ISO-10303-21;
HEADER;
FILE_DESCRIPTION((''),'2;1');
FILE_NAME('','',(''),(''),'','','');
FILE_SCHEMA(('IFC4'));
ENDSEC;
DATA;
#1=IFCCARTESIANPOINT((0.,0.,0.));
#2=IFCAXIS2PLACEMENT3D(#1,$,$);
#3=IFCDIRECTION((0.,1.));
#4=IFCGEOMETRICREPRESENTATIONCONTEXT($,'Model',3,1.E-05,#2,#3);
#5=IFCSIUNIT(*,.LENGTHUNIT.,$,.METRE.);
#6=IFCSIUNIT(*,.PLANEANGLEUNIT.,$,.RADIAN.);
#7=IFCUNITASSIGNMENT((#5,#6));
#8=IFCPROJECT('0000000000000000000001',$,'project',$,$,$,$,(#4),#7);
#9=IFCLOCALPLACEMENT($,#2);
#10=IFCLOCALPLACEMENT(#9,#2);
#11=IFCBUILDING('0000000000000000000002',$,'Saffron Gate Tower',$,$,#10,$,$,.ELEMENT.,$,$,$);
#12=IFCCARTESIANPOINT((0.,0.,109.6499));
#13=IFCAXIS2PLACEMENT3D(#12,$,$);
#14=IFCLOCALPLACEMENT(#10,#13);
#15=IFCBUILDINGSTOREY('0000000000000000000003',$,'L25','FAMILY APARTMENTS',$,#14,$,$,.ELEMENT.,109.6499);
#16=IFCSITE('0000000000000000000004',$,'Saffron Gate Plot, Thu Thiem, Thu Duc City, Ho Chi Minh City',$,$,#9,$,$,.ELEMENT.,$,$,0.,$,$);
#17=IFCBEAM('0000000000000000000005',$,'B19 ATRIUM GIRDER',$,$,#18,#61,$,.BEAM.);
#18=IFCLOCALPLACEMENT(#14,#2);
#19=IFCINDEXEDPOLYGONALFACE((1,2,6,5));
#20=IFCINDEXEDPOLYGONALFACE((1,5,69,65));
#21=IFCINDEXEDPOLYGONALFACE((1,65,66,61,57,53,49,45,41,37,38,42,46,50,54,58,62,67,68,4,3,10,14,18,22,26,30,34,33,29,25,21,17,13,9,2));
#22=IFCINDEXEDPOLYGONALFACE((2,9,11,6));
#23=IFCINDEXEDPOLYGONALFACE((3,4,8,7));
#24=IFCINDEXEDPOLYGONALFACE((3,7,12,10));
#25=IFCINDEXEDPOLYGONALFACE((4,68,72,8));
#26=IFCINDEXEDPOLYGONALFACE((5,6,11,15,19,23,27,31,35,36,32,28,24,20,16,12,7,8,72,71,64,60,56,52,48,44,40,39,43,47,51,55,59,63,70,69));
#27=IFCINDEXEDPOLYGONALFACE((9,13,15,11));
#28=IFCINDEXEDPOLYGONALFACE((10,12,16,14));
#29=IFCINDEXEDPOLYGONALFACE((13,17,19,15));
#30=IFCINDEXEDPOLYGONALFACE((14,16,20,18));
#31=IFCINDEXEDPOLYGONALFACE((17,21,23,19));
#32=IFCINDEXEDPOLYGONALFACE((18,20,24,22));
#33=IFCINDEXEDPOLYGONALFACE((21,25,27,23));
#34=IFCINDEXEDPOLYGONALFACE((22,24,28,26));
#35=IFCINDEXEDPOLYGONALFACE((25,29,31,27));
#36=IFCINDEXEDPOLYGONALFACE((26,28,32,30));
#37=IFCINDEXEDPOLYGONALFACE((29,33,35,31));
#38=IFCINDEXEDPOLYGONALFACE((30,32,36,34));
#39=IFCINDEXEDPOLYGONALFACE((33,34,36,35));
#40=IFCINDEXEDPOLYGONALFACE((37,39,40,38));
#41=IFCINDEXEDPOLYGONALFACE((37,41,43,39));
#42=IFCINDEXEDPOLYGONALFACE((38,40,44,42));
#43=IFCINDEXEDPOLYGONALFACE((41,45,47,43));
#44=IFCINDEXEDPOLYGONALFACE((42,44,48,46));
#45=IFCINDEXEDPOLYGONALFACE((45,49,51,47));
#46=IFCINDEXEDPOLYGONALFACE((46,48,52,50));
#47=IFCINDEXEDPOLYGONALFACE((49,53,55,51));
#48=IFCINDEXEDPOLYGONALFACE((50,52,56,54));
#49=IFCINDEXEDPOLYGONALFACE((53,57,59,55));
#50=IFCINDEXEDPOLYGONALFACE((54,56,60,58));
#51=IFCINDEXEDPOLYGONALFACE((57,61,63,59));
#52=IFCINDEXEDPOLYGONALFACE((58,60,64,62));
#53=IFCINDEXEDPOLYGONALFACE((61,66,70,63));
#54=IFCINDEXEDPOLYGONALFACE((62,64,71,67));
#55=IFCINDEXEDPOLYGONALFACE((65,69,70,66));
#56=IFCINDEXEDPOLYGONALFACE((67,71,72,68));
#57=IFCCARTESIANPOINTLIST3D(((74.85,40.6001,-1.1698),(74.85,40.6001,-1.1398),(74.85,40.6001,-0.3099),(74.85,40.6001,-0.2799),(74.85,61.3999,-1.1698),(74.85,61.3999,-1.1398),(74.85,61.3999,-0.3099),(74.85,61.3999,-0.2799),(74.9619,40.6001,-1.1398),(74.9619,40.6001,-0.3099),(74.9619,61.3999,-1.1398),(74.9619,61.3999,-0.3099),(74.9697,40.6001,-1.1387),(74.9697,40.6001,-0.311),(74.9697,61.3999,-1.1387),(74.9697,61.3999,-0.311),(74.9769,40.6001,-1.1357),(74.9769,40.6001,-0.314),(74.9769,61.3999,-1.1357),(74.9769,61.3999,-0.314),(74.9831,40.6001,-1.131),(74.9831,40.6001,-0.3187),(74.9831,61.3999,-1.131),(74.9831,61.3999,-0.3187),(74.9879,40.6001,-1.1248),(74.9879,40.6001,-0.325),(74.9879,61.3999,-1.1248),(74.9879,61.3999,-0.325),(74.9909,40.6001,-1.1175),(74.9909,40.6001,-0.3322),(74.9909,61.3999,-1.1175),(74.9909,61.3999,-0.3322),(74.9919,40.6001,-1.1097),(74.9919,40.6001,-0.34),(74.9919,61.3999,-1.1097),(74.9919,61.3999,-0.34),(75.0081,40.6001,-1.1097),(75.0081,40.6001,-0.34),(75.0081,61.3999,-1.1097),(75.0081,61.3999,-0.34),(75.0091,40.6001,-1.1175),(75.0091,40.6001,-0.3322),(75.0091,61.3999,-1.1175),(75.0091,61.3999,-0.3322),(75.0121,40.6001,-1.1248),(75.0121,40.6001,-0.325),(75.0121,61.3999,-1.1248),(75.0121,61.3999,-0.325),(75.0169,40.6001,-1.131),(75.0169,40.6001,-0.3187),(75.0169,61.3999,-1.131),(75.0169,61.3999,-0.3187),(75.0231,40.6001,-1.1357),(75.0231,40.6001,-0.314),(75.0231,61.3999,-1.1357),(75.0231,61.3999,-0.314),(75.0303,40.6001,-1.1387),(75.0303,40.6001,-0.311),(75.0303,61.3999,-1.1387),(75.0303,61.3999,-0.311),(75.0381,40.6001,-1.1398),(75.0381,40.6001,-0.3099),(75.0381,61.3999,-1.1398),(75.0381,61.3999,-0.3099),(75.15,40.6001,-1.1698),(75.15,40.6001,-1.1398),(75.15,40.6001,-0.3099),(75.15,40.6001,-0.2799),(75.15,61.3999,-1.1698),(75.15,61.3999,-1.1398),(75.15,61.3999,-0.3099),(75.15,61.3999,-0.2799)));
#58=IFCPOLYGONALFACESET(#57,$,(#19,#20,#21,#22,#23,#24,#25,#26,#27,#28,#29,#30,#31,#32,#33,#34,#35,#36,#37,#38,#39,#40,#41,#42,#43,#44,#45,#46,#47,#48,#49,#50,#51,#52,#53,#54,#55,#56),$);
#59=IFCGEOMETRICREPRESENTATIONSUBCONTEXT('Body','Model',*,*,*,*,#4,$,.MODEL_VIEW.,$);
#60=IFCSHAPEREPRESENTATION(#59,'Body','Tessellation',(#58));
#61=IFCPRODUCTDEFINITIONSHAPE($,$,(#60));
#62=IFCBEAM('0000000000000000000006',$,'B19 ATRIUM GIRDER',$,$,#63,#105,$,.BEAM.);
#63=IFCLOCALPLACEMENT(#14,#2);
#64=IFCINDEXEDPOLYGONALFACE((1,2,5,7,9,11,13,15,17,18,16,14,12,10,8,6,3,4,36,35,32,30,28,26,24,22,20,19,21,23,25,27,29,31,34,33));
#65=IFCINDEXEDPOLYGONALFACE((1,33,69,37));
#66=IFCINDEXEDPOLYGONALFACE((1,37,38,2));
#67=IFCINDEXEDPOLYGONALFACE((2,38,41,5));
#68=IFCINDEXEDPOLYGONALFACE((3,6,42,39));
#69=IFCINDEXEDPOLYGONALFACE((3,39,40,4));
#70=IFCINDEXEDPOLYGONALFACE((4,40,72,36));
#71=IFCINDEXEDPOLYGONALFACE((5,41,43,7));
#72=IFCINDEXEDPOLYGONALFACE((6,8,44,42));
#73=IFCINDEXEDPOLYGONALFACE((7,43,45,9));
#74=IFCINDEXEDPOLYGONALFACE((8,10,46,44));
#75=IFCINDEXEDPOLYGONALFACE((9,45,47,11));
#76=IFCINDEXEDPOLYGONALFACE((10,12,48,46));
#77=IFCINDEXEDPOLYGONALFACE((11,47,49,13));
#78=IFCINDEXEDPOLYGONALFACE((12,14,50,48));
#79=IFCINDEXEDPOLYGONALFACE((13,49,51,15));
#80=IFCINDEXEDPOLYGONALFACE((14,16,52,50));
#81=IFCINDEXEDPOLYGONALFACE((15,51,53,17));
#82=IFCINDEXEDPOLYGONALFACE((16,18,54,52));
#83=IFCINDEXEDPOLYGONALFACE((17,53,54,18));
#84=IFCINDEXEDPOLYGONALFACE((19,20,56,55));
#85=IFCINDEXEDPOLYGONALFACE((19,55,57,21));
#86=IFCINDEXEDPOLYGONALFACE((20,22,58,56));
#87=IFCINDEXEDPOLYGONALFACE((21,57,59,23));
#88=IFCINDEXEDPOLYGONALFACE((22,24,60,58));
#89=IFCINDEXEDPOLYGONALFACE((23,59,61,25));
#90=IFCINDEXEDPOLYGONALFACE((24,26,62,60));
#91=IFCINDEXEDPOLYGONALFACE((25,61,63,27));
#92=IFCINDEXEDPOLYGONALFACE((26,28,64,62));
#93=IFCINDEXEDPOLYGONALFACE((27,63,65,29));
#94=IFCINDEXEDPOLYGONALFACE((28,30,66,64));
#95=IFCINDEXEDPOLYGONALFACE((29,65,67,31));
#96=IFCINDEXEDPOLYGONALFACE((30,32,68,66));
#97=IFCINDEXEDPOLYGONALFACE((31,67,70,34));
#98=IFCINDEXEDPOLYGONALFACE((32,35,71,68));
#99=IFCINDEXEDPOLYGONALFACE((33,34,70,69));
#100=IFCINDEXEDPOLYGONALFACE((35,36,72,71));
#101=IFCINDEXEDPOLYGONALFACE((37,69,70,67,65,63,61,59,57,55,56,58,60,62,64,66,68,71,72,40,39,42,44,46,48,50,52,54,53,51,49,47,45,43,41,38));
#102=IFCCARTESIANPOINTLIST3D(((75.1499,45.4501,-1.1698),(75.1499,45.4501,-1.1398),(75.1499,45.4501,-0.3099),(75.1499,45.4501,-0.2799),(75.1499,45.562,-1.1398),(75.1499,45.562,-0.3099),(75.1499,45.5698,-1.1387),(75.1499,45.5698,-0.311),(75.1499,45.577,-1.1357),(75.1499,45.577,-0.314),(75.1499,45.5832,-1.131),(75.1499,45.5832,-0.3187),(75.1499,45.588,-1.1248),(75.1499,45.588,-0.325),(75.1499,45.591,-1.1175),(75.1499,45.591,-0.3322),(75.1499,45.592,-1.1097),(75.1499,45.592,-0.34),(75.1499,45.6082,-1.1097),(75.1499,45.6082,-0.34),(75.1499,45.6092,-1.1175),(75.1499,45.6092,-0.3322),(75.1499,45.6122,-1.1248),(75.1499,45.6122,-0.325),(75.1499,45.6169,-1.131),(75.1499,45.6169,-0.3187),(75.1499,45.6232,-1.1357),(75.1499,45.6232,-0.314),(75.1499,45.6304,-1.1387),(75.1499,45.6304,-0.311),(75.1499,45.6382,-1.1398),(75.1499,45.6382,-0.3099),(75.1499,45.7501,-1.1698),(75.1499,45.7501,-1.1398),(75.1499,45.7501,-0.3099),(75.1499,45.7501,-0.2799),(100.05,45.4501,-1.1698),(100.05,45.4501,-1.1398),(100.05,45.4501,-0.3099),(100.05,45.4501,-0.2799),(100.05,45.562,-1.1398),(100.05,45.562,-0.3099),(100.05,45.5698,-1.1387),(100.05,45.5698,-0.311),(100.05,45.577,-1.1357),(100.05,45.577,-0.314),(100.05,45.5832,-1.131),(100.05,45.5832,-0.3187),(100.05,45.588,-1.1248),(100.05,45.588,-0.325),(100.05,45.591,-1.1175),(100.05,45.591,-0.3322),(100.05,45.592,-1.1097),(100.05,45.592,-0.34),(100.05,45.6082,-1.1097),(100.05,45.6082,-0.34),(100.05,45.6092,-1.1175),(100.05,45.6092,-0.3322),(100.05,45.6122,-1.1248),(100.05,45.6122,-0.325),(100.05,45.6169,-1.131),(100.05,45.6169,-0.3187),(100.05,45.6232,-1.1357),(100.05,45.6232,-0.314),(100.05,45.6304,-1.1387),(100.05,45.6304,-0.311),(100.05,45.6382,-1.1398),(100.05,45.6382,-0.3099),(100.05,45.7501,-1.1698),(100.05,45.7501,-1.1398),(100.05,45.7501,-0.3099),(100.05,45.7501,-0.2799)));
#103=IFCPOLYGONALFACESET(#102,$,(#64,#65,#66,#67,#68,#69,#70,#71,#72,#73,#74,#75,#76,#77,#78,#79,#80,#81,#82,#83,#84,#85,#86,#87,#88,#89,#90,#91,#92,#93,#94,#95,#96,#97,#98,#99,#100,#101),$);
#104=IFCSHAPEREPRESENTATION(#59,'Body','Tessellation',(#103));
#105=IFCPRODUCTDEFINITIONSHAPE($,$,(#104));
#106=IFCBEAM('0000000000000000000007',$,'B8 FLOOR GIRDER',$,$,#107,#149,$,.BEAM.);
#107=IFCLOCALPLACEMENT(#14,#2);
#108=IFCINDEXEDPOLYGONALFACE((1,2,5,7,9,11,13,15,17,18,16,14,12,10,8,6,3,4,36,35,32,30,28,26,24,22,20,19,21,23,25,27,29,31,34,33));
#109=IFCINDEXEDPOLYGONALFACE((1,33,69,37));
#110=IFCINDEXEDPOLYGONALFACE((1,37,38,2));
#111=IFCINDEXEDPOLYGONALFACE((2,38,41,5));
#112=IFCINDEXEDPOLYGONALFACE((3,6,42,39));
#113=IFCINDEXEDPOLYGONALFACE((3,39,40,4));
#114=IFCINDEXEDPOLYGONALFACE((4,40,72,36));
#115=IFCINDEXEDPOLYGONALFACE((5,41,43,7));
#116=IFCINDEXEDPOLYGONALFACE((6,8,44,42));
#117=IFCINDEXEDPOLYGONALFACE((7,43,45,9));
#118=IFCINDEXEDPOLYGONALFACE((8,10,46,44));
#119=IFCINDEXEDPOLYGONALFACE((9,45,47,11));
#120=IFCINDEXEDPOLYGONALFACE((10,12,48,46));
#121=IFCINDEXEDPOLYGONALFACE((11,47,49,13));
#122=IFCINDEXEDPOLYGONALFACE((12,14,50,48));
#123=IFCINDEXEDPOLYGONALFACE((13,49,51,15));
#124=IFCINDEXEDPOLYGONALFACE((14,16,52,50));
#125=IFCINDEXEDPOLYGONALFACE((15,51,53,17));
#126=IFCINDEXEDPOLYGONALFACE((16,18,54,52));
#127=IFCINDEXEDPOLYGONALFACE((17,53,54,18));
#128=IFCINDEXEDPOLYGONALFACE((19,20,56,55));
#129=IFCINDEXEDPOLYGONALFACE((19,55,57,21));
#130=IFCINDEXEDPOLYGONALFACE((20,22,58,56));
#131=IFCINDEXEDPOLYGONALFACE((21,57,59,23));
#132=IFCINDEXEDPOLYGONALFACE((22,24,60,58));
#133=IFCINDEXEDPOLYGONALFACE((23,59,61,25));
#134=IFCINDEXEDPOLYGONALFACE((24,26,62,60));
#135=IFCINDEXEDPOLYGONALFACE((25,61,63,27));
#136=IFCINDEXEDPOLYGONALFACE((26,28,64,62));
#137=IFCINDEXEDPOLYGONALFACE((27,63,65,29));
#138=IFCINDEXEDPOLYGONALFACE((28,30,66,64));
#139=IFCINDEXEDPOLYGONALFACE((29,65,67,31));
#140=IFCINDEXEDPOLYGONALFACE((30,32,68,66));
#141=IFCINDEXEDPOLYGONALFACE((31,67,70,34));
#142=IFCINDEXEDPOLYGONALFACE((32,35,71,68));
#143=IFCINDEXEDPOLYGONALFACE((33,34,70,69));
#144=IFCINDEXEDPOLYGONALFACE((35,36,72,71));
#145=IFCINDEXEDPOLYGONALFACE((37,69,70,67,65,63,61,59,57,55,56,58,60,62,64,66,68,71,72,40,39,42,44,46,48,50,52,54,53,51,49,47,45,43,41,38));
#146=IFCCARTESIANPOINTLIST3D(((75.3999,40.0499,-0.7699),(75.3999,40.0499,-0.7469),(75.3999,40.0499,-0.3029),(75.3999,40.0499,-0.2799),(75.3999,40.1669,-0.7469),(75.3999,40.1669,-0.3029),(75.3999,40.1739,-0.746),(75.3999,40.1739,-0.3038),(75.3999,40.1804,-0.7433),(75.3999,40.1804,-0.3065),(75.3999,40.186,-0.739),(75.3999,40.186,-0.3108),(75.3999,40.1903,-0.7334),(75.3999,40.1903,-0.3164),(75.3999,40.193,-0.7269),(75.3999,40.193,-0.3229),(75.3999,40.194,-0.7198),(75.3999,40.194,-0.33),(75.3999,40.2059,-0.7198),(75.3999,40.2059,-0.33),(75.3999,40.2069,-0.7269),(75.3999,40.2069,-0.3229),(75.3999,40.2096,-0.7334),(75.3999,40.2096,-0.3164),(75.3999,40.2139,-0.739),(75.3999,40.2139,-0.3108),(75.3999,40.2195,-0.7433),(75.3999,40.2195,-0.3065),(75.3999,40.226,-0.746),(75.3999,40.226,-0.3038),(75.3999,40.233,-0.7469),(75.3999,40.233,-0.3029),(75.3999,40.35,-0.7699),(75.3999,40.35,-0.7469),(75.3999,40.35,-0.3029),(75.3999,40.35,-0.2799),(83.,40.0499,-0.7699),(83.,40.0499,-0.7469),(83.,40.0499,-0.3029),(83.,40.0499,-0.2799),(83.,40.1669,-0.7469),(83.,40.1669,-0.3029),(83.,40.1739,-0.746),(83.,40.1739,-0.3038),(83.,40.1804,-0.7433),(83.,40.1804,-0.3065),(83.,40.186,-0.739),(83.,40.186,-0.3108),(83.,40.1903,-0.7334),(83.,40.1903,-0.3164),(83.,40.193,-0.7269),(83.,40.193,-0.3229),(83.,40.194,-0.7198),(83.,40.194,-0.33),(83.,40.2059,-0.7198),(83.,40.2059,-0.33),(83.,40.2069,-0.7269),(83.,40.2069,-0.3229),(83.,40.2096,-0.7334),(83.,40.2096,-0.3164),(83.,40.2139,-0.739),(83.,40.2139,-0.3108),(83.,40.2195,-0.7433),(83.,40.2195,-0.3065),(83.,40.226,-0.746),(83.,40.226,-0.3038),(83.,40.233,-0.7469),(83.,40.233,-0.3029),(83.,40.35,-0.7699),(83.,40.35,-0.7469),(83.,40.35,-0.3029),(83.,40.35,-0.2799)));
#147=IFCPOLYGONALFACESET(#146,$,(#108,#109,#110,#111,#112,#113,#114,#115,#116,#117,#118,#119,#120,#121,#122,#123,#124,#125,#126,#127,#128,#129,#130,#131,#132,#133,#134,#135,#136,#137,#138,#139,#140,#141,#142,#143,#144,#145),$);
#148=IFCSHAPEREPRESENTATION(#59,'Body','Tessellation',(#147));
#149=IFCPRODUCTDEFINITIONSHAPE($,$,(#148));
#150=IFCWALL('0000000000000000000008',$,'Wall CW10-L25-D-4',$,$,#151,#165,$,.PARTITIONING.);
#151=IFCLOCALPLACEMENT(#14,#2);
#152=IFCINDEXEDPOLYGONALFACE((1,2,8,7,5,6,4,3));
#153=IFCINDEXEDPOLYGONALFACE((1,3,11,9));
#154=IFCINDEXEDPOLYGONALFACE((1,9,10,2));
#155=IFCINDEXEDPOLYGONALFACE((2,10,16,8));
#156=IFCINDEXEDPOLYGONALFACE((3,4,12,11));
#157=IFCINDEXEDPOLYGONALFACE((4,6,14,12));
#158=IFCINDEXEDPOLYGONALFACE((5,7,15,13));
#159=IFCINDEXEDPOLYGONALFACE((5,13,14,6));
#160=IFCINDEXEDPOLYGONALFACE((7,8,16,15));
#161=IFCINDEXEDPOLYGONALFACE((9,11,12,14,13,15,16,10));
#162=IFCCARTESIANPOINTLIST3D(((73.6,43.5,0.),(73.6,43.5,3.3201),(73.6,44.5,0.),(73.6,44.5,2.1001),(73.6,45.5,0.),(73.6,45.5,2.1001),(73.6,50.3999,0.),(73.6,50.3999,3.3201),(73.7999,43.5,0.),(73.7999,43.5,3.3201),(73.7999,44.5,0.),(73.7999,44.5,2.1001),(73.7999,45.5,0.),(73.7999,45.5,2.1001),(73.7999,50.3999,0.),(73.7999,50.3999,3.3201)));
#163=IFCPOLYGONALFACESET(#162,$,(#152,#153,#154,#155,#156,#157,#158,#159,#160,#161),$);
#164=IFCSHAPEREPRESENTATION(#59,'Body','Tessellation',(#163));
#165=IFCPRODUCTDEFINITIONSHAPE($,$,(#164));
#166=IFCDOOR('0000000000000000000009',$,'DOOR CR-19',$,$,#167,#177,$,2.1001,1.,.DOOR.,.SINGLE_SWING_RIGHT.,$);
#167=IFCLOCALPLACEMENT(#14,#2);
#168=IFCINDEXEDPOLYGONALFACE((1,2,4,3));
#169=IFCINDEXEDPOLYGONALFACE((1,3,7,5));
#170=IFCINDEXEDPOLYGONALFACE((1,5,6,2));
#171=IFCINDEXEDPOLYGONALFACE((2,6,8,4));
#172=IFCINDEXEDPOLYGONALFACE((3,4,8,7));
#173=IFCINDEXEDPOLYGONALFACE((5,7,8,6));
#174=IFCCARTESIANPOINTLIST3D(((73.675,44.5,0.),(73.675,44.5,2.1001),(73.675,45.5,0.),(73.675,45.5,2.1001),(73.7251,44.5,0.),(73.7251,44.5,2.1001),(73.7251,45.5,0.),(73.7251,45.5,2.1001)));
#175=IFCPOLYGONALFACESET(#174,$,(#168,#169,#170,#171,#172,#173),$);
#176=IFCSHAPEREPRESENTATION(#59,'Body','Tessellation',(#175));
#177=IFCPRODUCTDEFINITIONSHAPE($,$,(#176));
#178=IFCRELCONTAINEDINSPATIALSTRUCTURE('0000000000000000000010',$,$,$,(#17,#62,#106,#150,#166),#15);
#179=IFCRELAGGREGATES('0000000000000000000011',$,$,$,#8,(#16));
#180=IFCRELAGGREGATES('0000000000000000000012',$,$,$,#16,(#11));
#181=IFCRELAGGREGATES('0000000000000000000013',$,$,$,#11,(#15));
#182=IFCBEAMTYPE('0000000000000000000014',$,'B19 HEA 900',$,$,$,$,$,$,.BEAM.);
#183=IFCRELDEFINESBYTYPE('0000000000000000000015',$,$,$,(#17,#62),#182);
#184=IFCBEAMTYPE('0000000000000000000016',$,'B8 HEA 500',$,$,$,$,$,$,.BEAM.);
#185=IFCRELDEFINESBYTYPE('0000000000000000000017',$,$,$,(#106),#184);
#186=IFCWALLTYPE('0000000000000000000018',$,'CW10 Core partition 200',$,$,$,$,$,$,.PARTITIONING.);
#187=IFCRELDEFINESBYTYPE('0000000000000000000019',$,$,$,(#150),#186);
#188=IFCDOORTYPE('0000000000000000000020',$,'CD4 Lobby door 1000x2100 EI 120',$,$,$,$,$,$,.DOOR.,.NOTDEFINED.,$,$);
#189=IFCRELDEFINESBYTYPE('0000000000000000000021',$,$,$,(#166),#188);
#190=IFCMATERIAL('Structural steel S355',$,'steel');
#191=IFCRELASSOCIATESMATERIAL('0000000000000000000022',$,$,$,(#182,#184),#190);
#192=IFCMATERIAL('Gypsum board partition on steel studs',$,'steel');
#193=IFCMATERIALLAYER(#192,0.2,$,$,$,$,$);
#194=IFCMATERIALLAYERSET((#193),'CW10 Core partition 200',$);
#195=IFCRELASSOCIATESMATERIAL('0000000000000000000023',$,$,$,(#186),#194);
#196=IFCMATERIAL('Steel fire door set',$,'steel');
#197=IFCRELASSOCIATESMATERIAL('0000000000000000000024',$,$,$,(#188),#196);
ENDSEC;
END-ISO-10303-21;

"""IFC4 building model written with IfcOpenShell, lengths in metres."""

from ifc_helpers import new_model, si_unit, direction, frame, frame_2d, origin, origin_2d, place, context, subcontext, project, spatial, rectangle, i_section, extrude, material, layer, layer_set, material_profile, profile_set, type_object, element, fill, save


model = new_model("IFC4")

# Units and contexts
model_context = context("Model", 3, precision=1e-05, world=origin(), true_north=direction((0.0, 1.0)))
body_context = subcontext(model_context, "Body", "Model", "MODEL_VIEW")
ifc_project = project(units=[si_unit("LENGTHUNIT", "METRE"), si_unit("PLANEANGLEUNIT", "RADIAN")], contexts=[model_context])

# Site, building, storey
site_placement = place(None, origin())
site = spatial("IfcSite", under=ifc_project, at=site_placement, Name="Saffron Gate Plot, Thu Thiem, Thu Duc City, Ho Chi Minh City", CompositionType="ELEMENT", RefElevation=0.0)
building_placement = place(site_placement, origin())
building = spatial("IfcBuilding", under=site, at=building_placement, Name="Saffron Gate Tower", CompositionType="ELEMENT")
storey_placement = place(building_placement, frame((0.0, 0.0, 109.6499)))
storey = spatial("IfcBuildingStorey", under=building, at=storey_placement, Name="L25", Description="FAMILY APARTMENTS", CompositionType="ELEMENT", Elevation=109.6499)

# Beams
ifc_material_1 = material(Name="Structural steel S355", Category="steel")
ifc_material_profile_1 = material_profile(ifc_material_1, i_section(OverallWidth=0.3, OverallDepth=0.8899, WebThickness=0.0161, FlangeThickness=0.03, FilletRadius=0.03, at=origin_2d()))
ifc_profile_set_1 = profile_set([ifc_material_profile_1], Name="Structural steel S355")
beam_type_1 = type_object("IfcBeamType", Name="B19 HEA 900", PredefinedType="BEAM", material=ifc_profile_set_1)
beam_1_placement = place(storey_placement, frame((75.0, 40.6001, -0.7249), z_axis=(0.0, 1.0, 0.0), x_axis=(-1.0, 0.0, 0.0)))
element("IfcBeam", 1, at=beam_1_placement, inside=storey, type_object=beam_type_1, Name="B19 ATRIUM GIRDER", PredefinedType="BEAM", context=body_context, shape_type="SweptSolid", body=[
    extrude(i_section(OverallWidth=0.3, OverallDepth=0.8899, WebThickness=0.0161, FlangeThickness=0.03, FilletRadius=0.03, at=origin_2d()), origin(), (0.0, 0.0, 1.0), 20.7998),
])
beam_2_placement = place(storey_placement, frame((75.1499, 45.6001, -0.7249), z_axis=(1.0, 0.0, 0.0), x_axis=(0.0, 1.0, 0.0)))
element("IfcBeam", 2, at=beam_2_placement, inside=storey, type_object=beam_type_1, Name="B19 ATRIUM GIRDER", PredefinedType="BEAM", context=body_context, shape_type="SweptSolid", body=[
    extrude(i_section(OverallWidth=0.3, OverallDepth=0.8899, WebThickness=0.0161, FlangeThickness=0.03, FilletRadius=0.03, at=origin_2d()), origin(), (0.0, 0.0, 1.0), 24.9001),
])
ifc_material_profile_2 = material_profile(ifc_material_1, i_section(OverallWidth=0.3, OverallDepth=0.49, WebThickness=0.012, FlangeThickness=0.0229, FilletRadius=0.0271, at=origin_2d()))
ifc_profile_set_2 = profile_set([ifc_material_profile_2], Name="Structural steel S355")
beam_type_2 = type_object("IfcBeamType", Name="B8 HEA 500", PredefinedType="BEAM", material=ifc_profile_set_2)
beam_3_placement = place(storey_placement, frame((75.3999, 40.2, -0.5249), z_axis=(1.0, 0.0, 0.0), x_axis=(0.0, 1.0, 0.0)))
element("IfcBeam", 3, at=beam_3_placement, inside=storey, type_object=beam_type_2, Name="B8 FLOOR GIRDER", PredefinedType="BEAM", context=body_context, shape_type="SweptSolid", body=[
    extrude(i_section(OverallWidth=0.3, OverallDepth=0.49, WebThickness=0.012, FlangeThickness=0.0229, FilletRadius=0.0271, at=origin_2d()), origin(), (0.0, 0.0, 1.0), 7.6001),
])

# Wall, opening, door
ifc_material_2 = material(Name="Gypsum board partition on steel studs", Category="steel")
ifc_layer_1 = layer(ifc_material_2, 0.2)
ifc_layer_set_1 = layer_set([ifc_layer_1], Name="CW10 Core partition 200")
wall_type_1 = type_object("IfcWallType", Name="CW10 Core partition 200", PredefinedType="PARTITIONING", material=ifc_layer_set_1)
wall_1_placement = place(storey_placement, frame((73.7, 43.5, 0.0), z_axis=(0.0, 0.0, 1.0), x_axis=(0.0, 1.0, 0.0)))
wall_1 = element("IfcWall", 4, at=wall_1_placement, inside=storey, type_object=wall_type_1, Name="Wall CW10-L25-D-4", PredefinedType="PARTITIONING", context=body_context, shape_type="SweptSolid", body=[
    extrude(rectangle(XDim=6.8999, YDim=0.2, at=frame_2d((3.45, 0.0))), origin(), (0.0, 0.0, 1.0), 3.3201),
])
opening_1_placement = place(wall_1_placement, frame((1.0, 0.0, 0.0)))
opening_1 = element("IfcOpeningElement", 5, at=opening_1_placement, cuts=wall_1, PredefinedType="OPENING", context=body_context, shape_type="SweptSolid", body=[
    extrude(rectangle(XDim=1.0, YDim=2.1001, at=frame_2d((0.5, 1.05))), frame((0.0, 0.1099, 0.0), z_axis=(0.0, -1.0, 0.0), x_axis=(1.0, 0.0, 0.0)), (0.0, 0.0, 1.0), 0.22),
])
ifc_material_3 = material(Name="Steel fire door set", Category="steel")
door_type_1 = type_object("IfcDoorType", Name="CD4 Lobby door 1000x2100 EI 120", OperationType="NOTDEFINED", PredefinedType="DOOR", material=ifc_material_3)
door_1_placement = place(opening_1_placement, origin())
door_1 = element("IfcDoor", 6, at=door_1_placement, inside=storey, type_object=door_type_1, Name="DOOR CR-19", OperationType="SINGLE_SWING_RIGHT", OverallHeight=2.1001, OverallWidth=1.0, PredefinedType="DOOR", context=body_context, shape_type="SweptSolid", body=[
    extrude(rectangle(XDim=1.0, YDim=2.1001, at=frame_2d((0.5, 1.05))), frame((0.0, 0.0249, 0.0), z_axis=(0.0, -1.0, 0.0), x_axis=(1.0, 0.0, 0.0)), (0.0, 0.0, 1.0), 0.05),
])
fill(opening_1, door_1)

save(model, "model.ifc")
